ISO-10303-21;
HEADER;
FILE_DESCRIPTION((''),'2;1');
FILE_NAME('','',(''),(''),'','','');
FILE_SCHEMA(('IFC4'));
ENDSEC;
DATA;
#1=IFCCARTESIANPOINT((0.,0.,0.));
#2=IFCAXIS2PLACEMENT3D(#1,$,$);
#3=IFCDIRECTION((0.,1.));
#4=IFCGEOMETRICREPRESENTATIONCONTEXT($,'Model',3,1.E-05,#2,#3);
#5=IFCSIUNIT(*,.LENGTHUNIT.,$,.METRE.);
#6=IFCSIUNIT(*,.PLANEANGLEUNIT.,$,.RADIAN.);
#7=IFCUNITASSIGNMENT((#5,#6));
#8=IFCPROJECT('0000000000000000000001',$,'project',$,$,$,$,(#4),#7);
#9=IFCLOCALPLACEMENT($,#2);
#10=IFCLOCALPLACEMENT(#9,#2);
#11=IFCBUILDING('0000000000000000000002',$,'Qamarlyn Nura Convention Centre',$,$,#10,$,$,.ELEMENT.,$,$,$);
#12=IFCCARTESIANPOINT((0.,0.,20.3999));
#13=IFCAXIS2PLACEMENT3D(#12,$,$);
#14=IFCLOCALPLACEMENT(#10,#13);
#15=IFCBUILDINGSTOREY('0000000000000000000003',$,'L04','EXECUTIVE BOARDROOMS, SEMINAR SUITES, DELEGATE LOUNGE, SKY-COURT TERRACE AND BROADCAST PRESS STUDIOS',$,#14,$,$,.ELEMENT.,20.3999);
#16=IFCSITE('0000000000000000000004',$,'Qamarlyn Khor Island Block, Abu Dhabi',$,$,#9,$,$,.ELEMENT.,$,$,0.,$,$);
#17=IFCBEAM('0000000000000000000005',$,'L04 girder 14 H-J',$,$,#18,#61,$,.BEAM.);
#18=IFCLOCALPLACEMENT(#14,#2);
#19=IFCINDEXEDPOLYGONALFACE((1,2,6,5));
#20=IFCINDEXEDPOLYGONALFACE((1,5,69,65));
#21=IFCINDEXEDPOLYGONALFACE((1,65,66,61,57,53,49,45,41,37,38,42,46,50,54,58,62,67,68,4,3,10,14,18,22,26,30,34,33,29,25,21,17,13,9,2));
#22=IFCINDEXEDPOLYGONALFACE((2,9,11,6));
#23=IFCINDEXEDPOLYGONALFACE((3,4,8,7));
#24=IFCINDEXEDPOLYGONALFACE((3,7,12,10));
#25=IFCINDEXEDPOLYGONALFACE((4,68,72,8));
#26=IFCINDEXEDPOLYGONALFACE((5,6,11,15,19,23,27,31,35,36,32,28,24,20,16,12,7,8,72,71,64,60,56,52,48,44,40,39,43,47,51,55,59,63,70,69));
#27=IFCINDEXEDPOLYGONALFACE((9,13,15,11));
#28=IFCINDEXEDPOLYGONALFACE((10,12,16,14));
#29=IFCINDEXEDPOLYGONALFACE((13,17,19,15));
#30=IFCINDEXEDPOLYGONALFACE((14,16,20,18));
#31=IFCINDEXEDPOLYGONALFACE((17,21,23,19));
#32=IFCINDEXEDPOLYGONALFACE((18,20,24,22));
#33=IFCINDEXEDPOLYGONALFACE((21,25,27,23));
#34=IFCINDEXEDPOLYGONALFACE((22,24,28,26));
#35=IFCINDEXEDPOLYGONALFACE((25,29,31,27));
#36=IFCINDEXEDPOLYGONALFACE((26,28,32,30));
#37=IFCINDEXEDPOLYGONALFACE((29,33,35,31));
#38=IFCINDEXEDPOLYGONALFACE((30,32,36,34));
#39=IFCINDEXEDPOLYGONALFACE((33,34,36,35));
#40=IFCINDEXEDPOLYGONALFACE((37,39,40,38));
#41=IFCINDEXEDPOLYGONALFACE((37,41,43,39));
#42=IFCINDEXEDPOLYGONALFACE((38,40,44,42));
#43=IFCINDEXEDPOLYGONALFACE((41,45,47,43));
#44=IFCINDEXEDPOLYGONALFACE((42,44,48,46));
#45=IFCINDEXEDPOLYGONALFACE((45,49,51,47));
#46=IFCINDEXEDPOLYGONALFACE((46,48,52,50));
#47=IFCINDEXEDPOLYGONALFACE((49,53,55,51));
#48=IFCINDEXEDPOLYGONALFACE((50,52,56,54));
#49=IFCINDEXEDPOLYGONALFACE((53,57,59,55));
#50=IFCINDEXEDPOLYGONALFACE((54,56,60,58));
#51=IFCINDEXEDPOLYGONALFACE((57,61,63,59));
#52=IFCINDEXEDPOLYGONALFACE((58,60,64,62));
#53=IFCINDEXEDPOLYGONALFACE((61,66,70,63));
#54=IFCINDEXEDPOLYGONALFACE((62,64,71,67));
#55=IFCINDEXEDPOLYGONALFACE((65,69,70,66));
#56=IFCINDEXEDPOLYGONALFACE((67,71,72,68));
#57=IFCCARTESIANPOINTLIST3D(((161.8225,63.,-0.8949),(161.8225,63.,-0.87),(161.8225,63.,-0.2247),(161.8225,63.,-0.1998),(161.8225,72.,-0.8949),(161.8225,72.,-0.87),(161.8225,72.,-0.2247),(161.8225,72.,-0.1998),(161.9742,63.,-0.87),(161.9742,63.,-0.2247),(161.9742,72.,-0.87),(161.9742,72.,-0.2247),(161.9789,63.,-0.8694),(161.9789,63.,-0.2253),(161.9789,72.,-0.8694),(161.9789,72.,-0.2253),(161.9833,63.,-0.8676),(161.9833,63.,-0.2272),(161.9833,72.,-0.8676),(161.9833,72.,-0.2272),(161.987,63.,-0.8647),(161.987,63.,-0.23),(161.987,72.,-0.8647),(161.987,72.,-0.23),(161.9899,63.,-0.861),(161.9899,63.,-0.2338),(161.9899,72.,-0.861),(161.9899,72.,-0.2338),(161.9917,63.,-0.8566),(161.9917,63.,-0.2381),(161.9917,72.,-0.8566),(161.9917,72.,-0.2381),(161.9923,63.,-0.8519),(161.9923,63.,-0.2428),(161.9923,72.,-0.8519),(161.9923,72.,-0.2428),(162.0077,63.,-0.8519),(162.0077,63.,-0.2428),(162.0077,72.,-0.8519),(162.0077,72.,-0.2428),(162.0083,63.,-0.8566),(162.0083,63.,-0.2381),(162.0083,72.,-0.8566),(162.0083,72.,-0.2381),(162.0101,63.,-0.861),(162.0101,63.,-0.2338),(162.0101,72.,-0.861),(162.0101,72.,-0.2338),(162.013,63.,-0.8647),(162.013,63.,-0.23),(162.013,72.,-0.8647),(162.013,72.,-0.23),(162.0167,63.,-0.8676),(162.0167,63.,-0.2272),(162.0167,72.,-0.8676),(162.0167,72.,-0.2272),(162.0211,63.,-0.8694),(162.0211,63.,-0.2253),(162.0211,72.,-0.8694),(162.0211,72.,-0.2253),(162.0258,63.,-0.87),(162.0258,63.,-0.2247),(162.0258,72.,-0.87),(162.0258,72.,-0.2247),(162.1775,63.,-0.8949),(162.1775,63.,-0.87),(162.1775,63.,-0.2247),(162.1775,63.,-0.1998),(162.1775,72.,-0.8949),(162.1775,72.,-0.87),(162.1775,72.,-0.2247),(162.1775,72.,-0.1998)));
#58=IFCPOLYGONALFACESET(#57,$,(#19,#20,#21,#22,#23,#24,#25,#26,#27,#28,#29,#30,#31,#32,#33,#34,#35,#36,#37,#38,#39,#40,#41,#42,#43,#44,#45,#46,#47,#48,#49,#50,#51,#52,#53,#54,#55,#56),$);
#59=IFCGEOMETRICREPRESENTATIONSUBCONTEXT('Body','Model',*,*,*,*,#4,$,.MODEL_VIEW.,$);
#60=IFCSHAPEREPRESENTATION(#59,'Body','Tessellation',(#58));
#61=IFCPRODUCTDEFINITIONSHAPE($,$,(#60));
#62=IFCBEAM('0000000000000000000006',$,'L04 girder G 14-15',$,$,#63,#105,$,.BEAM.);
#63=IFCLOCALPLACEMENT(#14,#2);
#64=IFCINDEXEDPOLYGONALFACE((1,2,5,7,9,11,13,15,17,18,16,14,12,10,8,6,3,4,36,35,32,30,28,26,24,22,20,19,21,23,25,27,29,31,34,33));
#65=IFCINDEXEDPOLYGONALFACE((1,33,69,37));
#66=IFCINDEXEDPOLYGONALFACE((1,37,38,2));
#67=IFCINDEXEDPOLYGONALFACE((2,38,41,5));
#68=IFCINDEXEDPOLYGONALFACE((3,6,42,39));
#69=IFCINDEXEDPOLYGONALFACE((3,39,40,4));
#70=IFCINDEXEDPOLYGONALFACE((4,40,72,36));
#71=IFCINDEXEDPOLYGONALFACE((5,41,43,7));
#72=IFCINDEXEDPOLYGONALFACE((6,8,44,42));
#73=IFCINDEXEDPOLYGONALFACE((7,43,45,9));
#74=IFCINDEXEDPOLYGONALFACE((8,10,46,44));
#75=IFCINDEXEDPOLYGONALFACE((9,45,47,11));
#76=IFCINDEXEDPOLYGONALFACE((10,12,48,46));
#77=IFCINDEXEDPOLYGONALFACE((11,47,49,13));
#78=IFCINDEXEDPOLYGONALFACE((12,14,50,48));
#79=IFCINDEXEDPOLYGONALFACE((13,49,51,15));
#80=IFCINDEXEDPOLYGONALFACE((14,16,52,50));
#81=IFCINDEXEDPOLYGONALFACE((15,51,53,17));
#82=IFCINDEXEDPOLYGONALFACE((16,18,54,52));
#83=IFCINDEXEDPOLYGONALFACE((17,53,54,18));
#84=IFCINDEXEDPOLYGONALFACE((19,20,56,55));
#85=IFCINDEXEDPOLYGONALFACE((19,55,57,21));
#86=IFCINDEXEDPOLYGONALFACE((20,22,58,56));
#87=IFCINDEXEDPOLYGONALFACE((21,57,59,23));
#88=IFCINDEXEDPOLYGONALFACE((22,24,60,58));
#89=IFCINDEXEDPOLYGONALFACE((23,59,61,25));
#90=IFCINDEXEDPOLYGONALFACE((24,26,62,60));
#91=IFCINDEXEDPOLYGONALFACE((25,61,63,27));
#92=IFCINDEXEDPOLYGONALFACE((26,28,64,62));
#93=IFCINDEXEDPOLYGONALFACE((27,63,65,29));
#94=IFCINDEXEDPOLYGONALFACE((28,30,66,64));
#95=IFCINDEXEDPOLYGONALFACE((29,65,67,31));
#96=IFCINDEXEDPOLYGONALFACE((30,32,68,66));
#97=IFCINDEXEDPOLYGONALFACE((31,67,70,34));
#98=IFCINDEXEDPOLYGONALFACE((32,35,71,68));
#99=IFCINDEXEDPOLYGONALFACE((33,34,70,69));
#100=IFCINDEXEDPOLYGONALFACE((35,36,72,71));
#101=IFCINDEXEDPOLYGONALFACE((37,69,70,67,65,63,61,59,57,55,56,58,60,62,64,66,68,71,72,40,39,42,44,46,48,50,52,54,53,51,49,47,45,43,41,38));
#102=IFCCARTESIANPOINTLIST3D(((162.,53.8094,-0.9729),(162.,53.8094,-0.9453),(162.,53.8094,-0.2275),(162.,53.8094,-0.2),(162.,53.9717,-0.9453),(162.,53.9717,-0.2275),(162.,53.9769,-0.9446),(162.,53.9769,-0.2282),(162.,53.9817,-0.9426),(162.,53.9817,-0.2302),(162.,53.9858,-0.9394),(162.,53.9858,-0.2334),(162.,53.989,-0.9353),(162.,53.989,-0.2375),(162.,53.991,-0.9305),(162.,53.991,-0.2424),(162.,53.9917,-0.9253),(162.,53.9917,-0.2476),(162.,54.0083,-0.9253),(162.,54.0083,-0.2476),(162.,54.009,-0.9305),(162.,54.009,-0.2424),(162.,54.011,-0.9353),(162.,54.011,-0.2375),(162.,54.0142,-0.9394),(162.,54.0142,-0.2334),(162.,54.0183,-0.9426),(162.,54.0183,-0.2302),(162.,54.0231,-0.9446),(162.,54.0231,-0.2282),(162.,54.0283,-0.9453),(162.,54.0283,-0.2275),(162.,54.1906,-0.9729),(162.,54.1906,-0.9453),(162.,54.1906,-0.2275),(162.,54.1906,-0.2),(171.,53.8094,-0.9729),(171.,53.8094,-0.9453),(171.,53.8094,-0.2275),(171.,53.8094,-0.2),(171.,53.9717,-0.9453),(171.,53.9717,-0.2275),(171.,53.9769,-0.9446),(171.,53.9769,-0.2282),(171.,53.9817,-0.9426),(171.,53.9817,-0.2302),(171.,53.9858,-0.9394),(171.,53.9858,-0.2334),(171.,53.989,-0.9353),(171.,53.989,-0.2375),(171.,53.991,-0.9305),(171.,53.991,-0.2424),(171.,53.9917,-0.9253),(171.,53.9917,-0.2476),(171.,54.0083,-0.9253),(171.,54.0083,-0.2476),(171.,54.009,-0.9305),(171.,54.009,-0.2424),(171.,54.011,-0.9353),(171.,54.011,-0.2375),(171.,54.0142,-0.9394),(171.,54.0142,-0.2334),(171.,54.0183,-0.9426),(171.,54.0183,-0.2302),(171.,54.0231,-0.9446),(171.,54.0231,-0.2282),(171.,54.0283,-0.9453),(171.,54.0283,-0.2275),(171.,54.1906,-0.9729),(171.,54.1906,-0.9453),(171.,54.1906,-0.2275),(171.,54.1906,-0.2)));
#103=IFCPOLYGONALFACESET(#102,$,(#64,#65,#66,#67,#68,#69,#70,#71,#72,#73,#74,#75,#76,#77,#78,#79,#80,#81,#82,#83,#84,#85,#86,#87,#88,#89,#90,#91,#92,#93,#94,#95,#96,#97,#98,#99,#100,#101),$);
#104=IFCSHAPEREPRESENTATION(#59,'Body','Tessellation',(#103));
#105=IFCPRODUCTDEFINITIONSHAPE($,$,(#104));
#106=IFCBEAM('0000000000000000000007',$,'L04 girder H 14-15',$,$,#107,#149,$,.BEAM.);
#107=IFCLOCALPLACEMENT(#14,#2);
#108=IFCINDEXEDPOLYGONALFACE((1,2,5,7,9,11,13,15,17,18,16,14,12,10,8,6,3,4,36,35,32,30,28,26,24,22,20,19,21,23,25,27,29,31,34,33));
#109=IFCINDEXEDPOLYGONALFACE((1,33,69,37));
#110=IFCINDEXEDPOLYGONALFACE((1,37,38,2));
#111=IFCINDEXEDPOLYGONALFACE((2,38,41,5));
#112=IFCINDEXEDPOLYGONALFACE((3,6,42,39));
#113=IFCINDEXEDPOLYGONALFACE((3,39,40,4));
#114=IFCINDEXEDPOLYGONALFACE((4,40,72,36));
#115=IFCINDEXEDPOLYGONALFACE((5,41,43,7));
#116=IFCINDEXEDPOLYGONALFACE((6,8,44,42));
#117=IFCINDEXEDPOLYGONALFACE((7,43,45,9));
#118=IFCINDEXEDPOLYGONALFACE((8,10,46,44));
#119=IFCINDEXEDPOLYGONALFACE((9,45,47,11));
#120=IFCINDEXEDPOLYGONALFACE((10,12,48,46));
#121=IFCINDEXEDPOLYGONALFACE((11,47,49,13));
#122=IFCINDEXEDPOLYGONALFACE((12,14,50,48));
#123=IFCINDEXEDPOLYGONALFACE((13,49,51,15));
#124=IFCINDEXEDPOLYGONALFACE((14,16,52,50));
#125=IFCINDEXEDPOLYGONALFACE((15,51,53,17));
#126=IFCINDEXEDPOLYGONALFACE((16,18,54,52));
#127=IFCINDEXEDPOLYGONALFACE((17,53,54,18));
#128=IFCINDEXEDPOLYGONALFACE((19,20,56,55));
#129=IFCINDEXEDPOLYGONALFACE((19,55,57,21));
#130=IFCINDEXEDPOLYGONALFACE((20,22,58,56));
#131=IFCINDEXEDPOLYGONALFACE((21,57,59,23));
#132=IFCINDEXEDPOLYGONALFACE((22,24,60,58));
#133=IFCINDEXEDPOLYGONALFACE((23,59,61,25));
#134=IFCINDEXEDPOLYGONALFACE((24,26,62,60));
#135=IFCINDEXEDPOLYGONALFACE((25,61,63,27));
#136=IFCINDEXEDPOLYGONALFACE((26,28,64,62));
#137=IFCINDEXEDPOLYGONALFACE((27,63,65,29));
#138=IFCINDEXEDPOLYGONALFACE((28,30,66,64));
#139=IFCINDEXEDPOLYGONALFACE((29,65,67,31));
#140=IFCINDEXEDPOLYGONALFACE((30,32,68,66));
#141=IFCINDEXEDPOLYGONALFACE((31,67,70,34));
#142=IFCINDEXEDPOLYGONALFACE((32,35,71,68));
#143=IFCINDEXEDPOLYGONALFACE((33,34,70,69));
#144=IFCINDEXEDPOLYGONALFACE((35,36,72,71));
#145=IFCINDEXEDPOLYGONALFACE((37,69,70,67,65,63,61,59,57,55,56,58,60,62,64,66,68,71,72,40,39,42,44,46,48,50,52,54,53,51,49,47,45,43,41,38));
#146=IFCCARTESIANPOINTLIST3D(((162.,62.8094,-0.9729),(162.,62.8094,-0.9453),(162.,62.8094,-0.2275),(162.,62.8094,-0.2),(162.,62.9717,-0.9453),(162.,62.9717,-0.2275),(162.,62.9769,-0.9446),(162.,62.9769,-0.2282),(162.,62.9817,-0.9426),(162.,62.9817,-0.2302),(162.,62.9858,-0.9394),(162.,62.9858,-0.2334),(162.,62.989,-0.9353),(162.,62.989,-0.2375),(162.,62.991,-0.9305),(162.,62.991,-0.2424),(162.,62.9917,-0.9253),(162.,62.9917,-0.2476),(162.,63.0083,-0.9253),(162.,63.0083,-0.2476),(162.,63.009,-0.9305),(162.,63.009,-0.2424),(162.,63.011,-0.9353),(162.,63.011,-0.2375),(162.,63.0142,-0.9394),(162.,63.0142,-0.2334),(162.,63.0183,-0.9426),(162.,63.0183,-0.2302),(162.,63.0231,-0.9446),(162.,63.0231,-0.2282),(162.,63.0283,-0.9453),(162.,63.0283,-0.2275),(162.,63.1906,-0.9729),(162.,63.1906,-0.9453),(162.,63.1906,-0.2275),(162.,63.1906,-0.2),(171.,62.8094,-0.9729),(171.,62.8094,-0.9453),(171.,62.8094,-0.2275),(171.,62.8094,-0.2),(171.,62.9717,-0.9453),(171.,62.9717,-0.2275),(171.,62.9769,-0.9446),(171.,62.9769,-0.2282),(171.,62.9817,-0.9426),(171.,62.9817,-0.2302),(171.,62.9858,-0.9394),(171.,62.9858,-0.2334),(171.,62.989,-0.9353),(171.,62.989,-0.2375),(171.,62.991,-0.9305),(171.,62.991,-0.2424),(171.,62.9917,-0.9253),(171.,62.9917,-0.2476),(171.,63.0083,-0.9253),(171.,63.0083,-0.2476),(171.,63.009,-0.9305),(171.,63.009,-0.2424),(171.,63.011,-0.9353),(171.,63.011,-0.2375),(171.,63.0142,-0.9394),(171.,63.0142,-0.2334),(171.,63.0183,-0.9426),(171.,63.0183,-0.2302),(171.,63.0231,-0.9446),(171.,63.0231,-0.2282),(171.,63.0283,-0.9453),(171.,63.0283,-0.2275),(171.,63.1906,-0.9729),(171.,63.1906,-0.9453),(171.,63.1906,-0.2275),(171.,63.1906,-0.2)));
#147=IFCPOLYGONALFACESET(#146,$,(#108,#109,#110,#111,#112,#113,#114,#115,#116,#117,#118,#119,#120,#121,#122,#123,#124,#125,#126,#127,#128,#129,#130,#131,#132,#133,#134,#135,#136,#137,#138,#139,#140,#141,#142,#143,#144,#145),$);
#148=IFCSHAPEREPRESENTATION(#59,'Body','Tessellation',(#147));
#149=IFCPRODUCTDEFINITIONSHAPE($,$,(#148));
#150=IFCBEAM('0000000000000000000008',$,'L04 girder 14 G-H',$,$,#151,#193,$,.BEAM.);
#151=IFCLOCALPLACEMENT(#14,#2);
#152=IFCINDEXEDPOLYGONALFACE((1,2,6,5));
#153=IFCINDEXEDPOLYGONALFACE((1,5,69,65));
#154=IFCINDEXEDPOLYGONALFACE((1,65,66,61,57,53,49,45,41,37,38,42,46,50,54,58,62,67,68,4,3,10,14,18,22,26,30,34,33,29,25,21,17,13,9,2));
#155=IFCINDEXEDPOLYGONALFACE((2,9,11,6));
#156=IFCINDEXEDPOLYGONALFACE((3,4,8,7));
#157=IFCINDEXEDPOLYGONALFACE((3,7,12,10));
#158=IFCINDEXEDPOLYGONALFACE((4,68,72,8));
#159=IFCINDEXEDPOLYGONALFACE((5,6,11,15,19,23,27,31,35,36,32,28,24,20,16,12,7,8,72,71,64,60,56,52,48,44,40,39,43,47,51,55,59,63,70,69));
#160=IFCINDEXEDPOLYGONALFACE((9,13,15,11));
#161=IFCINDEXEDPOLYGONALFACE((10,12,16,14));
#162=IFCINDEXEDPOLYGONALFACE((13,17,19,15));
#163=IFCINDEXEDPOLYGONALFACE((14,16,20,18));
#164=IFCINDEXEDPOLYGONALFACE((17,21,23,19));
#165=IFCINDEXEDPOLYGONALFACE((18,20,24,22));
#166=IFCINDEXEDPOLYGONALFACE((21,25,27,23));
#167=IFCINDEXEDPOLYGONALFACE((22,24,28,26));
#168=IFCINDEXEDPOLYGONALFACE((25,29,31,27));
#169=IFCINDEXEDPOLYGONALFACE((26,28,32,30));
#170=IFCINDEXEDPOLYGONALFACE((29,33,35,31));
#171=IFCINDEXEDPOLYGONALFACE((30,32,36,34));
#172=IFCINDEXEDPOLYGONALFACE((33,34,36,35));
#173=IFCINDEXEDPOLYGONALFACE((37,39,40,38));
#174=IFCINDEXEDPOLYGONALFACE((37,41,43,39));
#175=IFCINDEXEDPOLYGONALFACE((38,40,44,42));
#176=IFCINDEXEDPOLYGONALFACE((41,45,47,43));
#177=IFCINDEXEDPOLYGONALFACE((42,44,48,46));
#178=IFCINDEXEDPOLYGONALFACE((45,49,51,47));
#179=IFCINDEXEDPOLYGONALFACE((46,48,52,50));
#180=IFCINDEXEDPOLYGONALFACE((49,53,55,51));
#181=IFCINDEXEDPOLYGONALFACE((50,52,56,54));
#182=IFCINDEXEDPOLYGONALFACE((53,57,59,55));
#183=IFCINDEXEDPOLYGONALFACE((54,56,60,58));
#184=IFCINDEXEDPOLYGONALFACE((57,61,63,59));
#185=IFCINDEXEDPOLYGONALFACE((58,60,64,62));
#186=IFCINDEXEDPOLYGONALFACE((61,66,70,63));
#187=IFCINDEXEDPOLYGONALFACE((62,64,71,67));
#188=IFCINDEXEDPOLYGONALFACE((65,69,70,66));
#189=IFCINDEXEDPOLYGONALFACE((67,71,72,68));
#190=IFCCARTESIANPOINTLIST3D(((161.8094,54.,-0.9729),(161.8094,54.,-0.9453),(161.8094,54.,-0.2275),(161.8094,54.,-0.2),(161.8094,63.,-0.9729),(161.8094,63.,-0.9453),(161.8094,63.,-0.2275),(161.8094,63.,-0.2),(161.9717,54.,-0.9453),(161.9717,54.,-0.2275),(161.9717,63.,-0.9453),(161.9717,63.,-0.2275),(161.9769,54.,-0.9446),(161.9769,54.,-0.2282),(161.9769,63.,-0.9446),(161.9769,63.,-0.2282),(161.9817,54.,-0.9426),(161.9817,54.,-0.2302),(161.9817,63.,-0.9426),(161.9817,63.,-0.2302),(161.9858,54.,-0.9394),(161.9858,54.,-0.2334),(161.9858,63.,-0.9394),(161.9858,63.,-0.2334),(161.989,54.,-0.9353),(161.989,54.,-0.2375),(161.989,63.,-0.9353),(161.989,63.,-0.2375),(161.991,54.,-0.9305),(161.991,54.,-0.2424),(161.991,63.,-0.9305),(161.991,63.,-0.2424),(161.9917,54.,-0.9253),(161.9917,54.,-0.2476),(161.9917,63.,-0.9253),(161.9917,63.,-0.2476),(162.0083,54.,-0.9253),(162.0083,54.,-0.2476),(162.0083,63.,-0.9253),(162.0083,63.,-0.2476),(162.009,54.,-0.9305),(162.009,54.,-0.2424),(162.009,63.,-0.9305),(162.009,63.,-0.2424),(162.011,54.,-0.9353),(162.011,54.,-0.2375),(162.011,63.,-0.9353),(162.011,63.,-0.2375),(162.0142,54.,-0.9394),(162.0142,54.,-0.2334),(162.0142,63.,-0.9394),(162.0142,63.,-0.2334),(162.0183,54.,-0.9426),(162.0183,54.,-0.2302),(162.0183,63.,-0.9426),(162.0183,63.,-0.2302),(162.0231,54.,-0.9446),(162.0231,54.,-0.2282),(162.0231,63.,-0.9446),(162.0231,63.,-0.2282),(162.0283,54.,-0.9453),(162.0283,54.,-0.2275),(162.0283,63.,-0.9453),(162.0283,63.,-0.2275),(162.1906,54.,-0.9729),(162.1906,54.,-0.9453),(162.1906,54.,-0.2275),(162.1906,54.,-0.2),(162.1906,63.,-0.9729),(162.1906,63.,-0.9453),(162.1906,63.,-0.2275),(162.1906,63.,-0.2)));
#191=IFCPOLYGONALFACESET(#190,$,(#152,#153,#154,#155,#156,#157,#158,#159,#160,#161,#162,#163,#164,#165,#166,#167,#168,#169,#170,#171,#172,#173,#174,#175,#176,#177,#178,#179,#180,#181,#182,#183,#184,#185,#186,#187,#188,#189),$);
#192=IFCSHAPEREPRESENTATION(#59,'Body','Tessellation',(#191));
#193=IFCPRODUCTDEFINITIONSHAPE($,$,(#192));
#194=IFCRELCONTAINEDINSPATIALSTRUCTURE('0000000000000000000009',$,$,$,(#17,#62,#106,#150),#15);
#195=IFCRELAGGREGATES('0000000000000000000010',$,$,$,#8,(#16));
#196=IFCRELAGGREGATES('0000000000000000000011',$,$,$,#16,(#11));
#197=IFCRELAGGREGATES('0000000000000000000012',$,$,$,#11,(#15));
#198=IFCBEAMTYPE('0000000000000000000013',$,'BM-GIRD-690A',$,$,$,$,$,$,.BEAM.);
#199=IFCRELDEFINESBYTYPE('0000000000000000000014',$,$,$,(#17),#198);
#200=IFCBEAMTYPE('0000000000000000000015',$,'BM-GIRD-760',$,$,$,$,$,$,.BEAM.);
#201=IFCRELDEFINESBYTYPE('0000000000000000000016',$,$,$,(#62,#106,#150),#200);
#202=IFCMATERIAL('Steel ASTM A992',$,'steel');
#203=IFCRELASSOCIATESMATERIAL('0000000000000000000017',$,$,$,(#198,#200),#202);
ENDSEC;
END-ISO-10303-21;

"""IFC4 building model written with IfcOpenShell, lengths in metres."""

from ifc_helpers import new_model, si_unit, direction, frame, origin, origin_2d, place, context, subcontext, project, spatial, i_section, extrude, material, material_profile, profile_set, type_object, element, save


model = new_model("IFC4")

# Units and contexts
model_context = context("Model", 3, precision=1e-05, world=origin(), true_north=direction((0.0, 1.0)))
body_context = subcontext(model_context, "Body", "Model", "MODEL_VIEW")
ifc_project = project(units=[si_unit("LENGTHUNIT", "METRE"), si_unit("PLANEANGLEUNIT", "RADIAN")], contexts=[model_context])

# Site, building, storey
site_placement = place(None, origin())
site = spatial("IfcSite", under=ifc_project, at=site_placement, Name="Qamarlyn Khor Island Block, Abu Dhabi", CompositionType="ELEMENT", RefElevation=0.0)
building_placement = place(site_placement, origin())
building = spatial("IfcBuilding", under=site, at=building_placement, Name="Qamarlyn Nura Convention Centre", CompositionType="ELEMENT")
storey_placement = place(building_placement, frame((0.0, 0.0, 20.3999)))
storey = spatial("IfcBuildingStorey", under=building, at=storey_placement, Name="L04", Description="EXECUTIVE BOARDROOMS, SEMINAR SUITES, DELEGATE LOUNGE, SKY-COURT TERRACE AND BROADCAST PRESS STUDIOS", CompositionType="ELEMENT", Elevation=20.3999)

# Shared definitions
ifc_material_1 = material(Name="Steel ASTM A992", Category="steel")

# Beams
ifc_material_profile_1 = material_profile(ifc_material_1, i_section(OverallWidth=0.355, OverallDepth=0.6951, WebThickness=0.0154, FlangeThickness=0.0249, FilletRadius=0.0181, at=origin_2d()), Name="W690X217")
ifc_profile_set_1 = profile_set([ifc_material_profile_1], Name="Steel ASTM A992")
beam_type_1 = type_object("IfcBeamType", Name="BM-GIRD-690A", PredefinedType="BEAM", material=ifc_profile_set_1)
beam_1_placement = place(storey_placement, frame((162.0, 63.0, -0.5474), z_axis=(0.0, 1.0, 0.0), x_axis=(-1.0, 0.0, 0.0)))
element("IfcBeam", 1, at=beam_1_placement, inside=storey, type_object=beam_type_1, Name="L04 girder 14 H-J", PredefinedType="BEAM", context=body_context, shape_type="SweptSolid", body=[
    extrude(i_section(OverallWidth=0.355, OverallDepth=0.6951, WebThickness=0.0154, FlangeThickness=0.0249, FilletRadius=0.0181, at=origin_2d()), origin(), (0.0, 0.0, 1.0), 9.0),
])
ifc_material_profile_2 = material_profile(ifc_material_1, i_section(OverallWidth=0.3811, OverallDepth=0.7729, WebThickness=0.0166, FlangeThickness=0.0276, FilletRadius=0.02, at=origin_2d()), Name="W760X257")
ifc_profile_set_2 = profile_set([ifc_material_profile_2], Name="Steel ASTM A992")
beam_type_2 = type_object("IfcBeamType", Name="BM-GIRD-760", PredefinedType="BEAM", material=ifc_profile_set_2)
for number, where, z_axis, x_axis, name in (
    (2, (162.0, 54.0, -0.5864), (1.0, 0.0, 0.0), (0.0, 1.0, 0.0), "L04 girder G 14-15"),
    (3, (162.0, 63.0, -0.5864), (1.0, 0.0, 0.0), (0.0, 1.0, 0.0), "L04 girder H 14-15"),
    (4, (162.0, 54.0, -0.5864), (0.0, 1.0, 0.0), (-1.0, 0.0, 0.0), "L04 girder 14 G-H"),
):
    element("IfcBeam", number, at=place(storey_placement, frame(where, z_axis=z_axis, x_axis=x_axis)), inside=storey, type_object=beam_type_2, Name=name, PredefinedType="BEAM", context=body_context, shape_type="SweptSolid", body=[
        extrude(i_section(OverallWidth=0.3811, OverallDepth=0.7729, WebThickness=0.0166, FlangeThickness=0.0276, FilletRadius=0.02, at=origin_2d()), origin(), (0.0, 0.0, 1.0), 9.0),
    ])

save(model, "model.ifc")
